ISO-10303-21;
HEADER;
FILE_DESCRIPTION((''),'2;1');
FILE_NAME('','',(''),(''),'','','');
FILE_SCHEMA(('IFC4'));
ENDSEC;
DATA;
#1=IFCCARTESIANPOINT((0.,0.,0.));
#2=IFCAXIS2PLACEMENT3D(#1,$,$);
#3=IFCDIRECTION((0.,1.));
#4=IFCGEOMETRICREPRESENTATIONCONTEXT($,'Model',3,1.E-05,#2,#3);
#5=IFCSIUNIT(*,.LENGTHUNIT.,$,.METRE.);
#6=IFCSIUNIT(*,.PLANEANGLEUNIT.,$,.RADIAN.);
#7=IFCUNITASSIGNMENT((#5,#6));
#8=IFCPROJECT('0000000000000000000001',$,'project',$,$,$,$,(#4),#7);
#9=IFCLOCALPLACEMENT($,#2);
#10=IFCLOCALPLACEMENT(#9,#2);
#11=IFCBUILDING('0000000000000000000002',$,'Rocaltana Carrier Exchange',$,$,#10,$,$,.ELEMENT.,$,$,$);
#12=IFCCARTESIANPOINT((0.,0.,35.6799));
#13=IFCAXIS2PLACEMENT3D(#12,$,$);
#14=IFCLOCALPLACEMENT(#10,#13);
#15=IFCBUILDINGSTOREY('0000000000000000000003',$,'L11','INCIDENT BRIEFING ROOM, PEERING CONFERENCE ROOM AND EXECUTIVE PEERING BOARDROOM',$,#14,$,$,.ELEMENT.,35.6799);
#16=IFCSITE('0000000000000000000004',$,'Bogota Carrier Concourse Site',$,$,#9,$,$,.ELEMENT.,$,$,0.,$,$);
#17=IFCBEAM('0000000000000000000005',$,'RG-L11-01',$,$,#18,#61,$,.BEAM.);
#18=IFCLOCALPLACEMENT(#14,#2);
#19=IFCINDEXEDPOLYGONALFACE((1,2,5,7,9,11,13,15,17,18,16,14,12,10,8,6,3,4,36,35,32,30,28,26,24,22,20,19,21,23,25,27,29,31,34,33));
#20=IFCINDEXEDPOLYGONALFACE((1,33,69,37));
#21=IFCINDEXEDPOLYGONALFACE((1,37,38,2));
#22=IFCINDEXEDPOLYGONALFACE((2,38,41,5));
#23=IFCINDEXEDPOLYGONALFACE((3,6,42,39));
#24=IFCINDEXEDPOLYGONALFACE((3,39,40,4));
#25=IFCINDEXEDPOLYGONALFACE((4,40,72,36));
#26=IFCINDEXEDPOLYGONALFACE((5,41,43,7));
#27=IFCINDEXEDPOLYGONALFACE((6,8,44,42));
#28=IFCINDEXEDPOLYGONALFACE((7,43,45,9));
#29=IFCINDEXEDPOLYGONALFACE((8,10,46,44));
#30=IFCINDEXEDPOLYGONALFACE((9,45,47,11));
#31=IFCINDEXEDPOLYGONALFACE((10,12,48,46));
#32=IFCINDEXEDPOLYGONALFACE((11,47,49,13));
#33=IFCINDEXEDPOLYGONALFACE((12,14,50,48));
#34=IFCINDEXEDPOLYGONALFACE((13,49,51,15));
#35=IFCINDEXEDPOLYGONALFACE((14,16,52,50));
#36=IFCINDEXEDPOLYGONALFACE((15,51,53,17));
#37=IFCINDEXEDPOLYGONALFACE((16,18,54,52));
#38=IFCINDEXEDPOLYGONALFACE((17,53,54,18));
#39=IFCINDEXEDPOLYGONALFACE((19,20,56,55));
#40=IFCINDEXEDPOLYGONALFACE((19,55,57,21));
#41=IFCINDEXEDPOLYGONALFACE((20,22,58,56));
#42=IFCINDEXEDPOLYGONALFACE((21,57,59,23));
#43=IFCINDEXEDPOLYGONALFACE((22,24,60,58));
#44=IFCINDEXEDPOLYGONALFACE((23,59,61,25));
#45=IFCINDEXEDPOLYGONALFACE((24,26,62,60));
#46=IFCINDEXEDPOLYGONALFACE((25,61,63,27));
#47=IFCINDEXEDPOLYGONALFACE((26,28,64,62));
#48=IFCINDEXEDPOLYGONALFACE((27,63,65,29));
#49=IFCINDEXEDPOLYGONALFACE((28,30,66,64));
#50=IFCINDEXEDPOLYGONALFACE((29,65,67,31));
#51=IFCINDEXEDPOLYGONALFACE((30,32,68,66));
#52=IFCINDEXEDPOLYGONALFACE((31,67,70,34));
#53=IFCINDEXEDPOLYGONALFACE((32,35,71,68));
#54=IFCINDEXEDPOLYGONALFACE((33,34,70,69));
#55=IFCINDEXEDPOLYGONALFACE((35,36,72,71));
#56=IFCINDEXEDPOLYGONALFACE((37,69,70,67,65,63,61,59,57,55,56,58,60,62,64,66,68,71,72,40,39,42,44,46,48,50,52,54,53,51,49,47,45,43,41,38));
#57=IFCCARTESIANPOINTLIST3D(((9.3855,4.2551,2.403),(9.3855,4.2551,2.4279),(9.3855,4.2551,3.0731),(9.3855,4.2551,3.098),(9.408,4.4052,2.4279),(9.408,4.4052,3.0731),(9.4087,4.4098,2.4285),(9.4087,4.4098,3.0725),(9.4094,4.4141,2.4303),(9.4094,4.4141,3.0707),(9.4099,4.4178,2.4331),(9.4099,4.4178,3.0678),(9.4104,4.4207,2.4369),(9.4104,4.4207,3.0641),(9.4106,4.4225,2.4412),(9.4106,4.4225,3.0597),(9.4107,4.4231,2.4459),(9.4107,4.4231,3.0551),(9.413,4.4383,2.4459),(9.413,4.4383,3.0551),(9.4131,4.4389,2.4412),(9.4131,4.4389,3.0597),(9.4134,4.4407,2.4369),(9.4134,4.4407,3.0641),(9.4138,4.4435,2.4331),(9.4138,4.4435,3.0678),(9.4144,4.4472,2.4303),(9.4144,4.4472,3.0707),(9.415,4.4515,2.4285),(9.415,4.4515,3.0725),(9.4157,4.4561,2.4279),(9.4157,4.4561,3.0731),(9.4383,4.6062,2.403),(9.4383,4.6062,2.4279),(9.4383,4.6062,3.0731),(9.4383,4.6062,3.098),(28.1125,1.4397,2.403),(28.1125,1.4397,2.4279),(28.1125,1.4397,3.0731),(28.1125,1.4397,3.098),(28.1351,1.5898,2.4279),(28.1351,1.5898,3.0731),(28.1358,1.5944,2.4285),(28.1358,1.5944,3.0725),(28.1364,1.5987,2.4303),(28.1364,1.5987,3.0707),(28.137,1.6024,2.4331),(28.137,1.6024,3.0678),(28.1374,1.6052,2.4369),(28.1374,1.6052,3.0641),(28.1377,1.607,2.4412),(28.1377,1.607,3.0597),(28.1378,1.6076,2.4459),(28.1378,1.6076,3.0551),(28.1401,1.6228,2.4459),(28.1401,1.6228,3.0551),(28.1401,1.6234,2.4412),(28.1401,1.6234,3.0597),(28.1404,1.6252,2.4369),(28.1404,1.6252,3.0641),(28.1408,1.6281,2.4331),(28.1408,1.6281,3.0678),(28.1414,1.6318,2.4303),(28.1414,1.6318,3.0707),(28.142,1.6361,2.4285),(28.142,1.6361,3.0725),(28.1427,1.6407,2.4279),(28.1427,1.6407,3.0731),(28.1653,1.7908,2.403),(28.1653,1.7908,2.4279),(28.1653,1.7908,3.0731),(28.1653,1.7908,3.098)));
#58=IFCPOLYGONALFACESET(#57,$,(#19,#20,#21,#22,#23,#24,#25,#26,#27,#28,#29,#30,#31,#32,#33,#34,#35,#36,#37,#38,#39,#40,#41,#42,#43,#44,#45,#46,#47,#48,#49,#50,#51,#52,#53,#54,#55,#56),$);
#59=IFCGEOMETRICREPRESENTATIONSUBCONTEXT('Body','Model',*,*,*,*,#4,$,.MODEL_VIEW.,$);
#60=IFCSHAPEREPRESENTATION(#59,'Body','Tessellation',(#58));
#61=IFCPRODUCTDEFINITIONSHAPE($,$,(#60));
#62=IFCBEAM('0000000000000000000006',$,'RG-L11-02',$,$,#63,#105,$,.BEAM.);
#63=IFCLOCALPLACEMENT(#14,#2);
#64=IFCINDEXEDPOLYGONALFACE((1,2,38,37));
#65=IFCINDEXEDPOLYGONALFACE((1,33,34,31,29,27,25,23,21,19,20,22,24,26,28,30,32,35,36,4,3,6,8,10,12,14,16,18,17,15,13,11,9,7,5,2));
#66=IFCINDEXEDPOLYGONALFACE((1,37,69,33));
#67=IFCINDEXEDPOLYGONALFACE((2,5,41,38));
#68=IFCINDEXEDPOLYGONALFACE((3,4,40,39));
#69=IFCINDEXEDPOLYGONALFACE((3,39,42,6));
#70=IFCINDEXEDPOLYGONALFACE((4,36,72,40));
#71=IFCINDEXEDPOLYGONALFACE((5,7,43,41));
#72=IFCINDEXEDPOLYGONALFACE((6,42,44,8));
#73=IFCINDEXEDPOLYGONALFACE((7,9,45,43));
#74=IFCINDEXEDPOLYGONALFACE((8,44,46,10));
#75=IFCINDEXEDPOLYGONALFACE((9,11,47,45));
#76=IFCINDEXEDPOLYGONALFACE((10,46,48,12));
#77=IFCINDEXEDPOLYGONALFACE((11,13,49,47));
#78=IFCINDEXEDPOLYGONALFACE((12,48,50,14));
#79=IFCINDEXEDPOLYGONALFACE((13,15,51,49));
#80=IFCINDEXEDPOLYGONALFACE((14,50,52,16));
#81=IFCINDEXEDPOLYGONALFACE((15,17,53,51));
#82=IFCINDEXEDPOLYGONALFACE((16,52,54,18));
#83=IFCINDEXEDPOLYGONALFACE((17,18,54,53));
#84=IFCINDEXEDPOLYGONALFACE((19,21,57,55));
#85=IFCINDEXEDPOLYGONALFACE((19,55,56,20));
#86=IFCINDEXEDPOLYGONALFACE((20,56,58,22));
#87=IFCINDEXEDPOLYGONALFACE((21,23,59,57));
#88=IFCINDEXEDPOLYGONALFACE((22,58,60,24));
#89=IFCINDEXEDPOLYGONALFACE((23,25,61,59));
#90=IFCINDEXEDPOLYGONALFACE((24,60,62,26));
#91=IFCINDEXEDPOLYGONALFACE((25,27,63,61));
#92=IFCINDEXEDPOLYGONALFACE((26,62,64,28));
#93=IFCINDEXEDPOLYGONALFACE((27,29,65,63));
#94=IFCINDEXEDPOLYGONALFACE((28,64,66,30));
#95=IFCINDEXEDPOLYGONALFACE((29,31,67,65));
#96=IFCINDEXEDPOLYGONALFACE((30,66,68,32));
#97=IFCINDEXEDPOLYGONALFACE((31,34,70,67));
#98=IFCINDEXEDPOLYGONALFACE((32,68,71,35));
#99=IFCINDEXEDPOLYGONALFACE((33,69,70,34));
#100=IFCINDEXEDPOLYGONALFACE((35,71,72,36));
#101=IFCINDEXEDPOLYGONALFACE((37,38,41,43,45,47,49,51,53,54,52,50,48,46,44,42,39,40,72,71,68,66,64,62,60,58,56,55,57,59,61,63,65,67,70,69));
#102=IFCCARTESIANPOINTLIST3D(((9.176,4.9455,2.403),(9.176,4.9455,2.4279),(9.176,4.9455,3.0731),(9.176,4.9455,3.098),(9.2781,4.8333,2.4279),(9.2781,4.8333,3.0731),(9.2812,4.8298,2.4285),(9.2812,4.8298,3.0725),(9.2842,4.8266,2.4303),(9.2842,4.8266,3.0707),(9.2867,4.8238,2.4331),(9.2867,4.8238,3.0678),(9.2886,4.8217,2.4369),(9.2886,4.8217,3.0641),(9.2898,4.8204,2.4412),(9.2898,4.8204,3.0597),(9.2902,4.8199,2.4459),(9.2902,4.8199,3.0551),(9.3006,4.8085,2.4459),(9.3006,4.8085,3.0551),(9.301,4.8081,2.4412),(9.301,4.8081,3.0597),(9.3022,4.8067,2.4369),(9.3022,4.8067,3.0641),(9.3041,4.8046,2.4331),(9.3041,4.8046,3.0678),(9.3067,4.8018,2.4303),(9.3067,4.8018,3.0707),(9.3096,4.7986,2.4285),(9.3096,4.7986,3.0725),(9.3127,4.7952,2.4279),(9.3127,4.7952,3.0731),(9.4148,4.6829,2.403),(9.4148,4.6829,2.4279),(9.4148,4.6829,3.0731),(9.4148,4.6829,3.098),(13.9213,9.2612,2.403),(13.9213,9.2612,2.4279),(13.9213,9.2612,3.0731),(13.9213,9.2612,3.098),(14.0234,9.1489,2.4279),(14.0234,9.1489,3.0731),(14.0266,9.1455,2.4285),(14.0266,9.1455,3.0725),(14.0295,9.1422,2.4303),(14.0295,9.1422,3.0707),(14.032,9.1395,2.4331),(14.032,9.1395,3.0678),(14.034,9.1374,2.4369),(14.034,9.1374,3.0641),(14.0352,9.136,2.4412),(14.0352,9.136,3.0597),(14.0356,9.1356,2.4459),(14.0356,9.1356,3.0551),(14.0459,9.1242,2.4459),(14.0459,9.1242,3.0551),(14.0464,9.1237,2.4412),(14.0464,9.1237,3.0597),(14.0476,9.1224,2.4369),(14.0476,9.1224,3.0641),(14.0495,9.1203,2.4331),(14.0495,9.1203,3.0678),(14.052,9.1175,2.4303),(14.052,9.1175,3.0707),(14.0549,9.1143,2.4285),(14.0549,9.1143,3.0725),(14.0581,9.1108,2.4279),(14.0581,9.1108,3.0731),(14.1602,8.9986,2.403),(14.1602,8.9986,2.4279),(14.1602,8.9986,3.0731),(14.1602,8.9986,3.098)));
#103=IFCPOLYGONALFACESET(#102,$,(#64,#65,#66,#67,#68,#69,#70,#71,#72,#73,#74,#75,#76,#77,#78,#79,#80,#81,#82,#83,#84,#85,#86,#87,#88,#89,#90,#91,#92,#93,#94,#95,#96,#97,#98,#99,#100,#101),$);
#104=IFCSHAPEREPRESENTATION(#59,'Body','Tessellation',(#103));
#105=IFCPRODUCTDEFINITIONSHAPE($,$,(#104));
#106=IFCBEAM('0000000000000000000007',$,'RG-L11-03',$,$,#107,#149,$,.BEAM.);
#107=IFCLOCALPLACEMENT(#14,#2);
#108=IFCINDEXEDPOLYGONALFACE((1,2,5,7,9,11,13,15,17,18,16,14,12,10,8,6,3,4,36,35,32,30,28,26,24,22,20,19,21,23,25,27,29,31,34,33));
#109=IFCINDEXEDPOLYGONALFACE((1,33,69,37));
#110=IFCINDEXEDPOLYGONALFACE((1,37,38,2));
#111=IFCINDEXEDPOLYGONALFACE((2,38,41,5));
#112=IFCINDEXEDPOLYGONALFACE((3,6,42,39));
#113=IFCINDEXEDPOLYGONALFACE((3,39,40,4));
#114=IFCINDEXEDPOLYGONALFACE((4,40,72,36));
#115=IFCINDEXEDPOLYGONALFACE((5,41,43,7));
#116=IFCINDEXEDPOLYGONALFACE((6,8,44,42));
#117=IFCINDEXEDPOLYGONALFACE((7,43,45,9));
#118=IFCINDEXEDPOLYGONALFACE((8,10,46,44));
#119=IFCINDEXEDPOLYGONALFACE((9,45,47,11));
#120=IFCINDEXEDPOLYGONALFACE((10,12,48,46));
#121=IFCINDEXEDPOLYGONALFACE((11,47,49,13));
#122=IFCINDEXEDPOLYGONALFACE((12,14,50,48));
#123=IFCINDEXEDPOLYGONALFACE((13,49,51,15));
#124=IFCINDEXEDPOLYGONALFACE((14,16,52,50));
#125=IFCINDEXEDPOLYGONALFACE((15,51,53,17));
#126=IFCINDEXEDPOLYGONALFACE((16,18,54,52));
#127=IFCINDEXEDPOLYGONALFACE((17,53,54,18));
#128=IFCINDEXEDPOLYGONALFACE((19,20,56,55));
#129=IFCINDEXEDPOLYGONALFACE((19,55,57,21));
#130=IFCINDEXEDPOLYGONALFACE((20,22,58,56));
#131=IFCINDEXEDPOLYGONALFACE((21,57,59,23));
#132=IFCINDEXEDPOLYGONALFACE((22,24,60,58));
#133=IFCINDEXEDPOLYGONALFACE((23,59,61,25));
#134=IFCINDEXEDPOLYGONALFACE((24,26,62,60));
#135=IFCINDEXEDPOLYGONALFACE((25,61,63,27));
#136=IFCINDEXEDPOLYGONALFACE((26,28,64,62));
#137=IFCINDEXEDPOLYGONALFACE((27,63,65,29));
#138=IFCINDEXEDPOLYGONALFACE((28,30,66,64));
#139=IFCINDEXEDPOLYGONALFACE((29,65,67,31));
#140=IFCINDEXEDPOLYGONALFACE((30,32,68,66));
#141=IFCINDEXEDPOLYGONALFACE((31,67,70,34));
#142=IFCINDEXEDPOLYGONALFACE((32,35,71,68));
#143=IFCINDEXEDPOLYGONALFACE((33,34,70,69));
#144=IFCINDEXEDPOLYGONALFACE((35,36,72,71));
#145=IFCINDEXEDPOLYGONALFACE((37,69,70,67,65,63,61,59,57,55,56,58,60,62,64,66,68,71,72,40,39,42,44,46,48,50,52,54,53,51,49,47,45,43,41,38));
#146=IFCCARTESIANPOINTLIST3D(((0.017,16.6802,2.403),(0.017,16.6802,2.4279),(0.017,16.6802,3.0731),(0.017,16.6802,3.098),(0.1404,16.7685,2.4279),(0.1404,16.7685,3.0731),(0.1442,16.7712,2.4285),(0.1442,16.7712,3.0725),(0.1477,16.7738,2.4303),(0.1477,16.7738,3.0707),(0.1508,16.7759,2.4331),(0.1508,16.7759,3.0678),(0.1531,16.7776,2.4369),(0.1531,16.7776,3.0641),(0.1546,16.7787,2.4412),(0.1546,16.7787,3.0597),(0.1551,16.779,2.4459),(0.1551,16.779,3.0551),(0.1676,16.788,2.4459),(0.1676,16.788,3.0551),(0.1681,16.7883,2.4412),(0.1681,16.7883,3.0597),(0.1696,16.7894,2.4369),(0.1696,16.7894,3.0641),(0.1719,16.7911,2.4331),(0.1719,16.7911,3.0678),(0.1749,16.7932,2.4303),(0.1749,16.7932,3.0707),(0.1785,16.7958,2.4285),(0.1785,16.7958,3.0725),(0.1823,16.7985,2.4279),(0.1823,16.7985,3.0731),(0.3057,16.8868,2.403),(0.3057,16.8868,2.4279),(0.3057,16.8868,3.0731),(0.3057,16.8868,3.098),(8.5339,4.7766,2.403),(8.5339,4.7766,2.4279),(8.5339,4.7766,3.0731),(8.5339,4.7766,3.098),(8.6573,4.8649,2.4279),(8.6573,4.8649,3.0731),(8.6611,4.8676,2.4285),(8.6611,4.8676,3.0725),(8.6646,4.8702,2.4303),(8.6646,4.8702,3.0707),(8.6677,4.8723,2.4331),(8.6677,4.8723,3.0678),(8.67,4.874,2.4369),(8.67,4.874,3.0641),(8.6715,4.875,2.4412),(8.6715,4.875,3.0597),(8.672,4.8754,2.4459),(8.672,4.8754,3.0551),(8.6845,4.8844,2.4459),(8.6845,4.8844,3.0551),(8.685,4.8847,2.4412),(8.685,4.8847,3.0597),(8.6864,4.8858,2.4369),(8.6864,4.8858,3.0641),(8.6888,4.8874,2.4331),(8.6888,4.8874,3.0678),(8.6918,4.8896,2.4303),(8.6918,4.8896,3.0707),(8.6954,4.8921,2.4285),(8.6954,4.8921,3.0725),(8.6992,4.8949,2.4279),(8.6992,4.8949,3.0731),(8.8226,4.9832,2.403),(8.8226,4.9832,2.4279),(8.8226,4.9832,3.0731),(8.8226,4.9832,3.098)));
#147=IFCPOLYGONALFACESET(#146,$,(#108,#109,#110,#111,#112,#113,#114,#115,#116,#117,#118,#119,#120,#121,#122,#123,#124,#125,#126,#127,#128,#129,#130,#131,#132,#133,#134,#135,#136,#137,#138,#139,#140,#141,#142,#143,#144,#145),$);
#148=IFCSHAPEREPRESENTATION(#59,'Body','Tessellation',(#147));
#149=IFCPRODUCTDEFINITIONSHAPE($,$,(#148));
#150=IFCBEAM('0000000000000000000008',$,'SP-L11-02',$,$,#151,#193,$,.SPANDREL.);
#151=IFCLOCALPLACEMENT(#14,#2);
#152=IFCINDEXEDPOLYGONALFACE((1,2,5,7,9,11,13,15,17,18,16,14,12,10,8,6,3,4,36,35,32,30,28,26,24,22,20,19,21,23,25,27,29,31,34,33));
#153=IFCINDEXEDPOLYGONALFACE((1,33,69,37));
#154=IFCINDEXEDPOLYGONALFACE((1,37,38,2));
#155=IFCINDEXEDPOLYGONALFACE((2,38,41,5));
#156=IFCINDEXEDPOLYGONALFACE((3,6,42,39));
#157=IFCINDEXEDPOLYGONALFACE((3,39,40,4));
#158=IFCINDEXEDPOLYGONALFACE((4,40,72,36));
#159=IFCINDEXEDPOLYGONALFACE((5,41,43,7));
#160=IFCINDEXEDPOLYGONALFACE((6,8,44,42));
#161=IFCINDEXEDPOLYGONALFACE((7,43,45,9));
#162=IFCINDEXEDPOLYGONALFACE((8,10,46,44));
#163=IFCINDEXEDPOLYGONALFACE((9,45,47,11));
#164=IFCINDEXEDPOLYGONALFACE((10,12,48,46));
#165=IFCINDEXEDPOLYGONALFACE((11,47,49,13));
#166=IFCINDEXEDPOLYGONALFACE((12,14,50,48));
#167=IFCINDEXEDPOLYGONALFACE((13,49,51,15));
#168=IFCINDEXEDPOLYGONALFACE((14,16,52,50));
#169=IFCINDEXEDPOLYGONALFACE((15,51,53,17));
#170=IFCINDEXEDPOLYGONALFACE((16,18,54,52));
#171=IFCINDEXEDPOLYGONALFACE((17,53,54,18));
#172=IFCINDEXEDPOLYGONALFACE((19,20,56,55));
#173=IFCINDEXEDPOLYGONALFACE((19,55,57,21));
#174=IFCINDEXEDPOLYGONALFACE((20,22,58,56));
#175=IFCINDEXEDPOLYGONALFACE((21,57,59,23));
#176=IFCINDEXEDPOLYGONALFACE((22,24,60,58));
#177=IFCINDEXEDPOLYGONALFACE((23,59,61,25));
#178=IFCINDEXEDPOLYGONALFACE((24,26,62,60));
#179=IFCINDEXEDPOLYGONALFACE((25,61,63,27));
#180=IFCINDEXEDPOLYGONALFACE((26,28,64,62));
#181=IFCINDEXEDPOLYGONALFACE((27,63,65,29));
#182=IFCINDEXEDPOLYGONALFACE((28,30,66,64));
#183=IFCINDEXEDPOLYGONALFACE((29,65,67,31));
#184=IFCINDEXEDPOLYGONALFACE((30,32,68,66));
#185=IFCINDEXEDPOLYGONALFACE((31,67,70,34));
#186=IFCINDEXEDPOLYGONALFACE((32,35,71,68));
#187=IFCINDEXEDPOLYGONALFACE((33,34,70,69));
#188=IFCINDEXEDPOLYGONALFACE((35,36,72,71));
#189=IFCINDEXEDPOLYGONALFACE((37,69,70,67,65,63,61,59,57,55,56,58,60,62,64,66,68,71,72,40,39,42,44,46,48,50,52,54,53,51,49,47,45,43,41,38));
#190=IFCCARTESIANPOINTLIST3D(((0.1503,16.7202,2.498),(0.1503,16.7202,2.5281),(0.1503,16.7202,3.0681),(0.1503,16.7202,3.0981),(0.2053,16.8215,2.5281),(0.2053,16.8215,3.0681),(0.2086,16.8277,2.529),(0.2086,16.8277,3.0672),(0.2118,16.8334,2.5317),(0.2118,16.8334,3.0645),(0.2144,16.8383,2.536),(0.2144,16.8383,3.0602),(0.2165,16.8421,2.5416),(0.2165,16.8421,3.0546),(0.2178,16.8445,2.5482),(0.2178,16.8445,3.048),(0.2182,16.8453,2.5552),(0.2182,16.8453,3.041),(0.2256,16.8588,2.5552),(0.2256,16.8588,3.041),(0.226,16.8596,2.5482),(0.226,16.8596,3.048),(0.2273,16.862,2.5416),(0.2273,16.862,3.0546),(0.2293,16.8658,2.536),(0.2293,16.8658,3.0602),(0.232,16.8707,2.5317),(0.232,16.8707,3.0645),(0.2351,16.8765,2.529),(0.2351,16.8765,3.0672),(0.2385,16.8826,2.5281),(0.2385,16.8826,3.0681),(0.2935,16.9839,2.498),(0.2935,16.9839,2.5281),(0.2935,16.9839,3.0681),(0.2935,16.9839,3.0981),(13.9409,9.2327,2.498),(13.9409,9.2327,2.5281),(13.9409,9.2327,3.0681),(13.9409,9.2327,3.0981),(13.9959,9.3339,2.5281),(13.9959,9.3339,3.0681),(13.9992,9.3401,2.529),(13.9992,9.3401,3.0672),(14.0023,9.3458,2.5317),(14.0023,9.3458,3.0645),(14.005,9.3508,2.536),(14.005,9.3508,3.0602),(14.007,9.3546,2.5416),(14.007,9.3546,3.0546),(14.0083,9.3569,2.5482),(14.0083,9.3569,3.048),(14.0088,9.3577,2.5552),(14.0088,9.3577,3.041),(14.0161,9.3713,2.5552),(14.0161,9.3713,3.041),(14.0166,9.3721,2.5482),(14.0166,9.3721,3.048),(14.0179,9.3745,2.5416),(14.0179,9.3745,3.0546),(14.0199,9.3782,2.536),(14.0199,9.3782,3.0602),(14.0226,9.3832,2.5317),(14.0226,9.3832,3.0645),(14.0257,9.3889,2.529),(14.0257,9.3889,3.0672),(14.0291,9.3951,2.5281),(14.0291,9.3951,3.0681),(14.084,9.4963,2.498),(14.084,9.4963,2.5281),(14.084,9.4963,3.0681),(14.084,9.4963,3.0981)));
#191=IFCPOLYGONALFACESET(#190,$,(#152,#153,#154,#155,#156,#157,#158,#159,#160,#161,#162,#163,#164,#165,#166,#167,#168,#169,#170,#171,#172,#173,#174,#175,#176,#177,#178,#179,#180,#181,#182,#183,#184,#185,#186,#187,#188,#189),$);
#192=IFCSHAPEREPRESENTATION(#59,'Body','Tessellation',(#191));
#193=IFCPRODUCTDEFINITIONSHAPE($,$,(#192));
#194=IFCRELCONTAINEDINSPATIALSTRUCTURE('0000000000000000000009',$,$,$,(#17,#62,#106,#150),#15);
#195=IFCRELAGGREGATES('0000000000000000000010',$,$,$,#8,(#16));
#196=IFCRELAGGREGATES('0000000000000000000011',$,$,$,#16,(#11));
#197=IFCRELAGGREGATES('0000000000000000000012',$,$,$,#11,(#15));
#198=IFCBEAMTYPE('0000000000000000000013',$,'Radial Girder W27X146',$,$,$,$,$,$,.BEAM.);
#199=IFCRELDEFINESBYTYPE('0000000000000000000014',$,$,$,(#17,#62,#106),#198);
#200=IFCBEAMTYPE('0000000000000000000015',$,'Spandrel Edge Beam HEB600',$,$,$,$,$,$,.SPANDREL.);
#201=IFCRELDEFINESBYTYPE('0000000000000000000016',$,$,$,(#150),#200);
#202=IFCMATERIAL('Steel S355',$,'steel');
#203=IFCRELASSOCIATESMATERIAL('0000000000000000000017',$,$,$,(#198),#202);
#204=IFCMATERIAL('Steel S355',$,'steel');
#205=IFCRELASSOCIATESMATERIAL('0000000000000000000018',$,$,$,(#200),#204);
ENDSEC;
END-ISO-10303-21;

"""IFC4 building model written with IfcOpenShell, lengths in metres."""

from ifc_helpers import new_model, si_unit, direction, frame, origin, origin_2d, place, context, subcontext, project, spatial, i_section, extrude, material, material_profile, profile_set, type_object, element, save


model = new_model("IFC4")

# Units and contexts
model_context = context("Model", 3, precision=1e-05, world=origin(), true_north=direction((0.0, 1.0)))
body_context = subcontext(model_context, "Body", "Model", "MODEL_VIEW")
ifc_project = project(units=[si_unit("LENGTHUNIT", "METRE"), si_unit("PLANEANGLEUNIT", "RADIAN")], contexts=[model_context])

# Site, building, storey
site_placement = place(None, origin())
site = spatial("IfcSite", under=ifc_project, at=site_placement, Name="Bogota Carrier Concourse Site", CompositionType="ELEMENT", RefElevation=0.0)
building_placement = place(site_placement, origin())
building = spatial("IfcBuilding", under=site, at=building_placement, Name="Rocaltana Carrier Exchange", CompositionType="ELEMENT")
storey_placement = place(building_placement, frame((0.0, 0.0, 35.6799)))
storey = spatial("IfcBuildingStorey", under=building, at=storey_placement, Name="L11", Description="INCIDENT BRIEFING ROOM, PEERING CONFERENCE ROOM AND EXECUTIVE PEERING BOARDROOM", CompositionType="ELEMENT", Elevation=35.6799)

# Beams
ifc_material_1 = material(Name="Steel S355", Category="steel")
ifc_material_profile_1 = material_profile(ifc_material_1, i_section(OverallWidth=0.355, OverallDepth=0.6951, WebThickness=0.0154, FlangeThickness=0.0249, FilletRadius=0.0181, at=origin_2d()), Name="W27X146")
ifc_profile_set_1 = profile_set([ifc_material_profile_1], Name="Steel S355")
beam_type_1 = type_object("IfcBeamType", Name="Radial Girder W27X146", PredefinedType="BEAM", material=ifc_profile_set_1)
beam_1_placement = place(storey_placement, frame((9.4119, 4.4307, 2.7505), z_axis=(0.988887, -0.14867, 0.0), x_axis=(0.14867, 0.988887, 0.0)))
element("IfcBeam", 1, at=beam_1_placement, inside=storey, type_object=beam_type_1, Name="RG-L11-01", PredefinedType="BEAM", context=body_context, shape_type="SweptSolid", body=[
    extrude(i_section(OverallWidth=0.355, OverallDepth=0.6951, WebThickness=0.0154, FlangeThickness=0.0249, FilletRadius=0.0181, at=origin_2d()), origin(), (0.0, 0.0, 1.0), 18.9375),
])
beam_2_placement = place(storey_placement, frame((9.2954, 4.8142, 2.7505), z_axis=(0.739807, 0.672819, 0.0), x_axis=(-0.672819, 0.739807, 0.0)))
element("IfcBeam", 2, at=beam_2_placement, inside=storey, type_object=beam_type_1, Name="RG-L11-02", PredefinedType="BEAM", context=body_context, shape_type="SweptSolid", body=[
    extrude(i_section(OverallWidth=0.355, OverallDepth=0.6951, WebThickness=0.0154, FlangeThickness=0.0249, FilletRadius=0.0181, at=origin_2d()), origin(), (0.0, 0.0, 1.0), 6.4143),
])
beam_3_placement = place(storey_placement, frame((8.6782, 4.8799, 2.7505), z_axis=(-0.581885, 0.813271, 0.0), x_axis=(-0.813271, -0.581885, 0.0)))
element("IfcBeam", 3, at=beam_3_placement, inside=storey, type_object=beam_type_1, Name="RG-L11-03", PredefinedType="BEAM", context=body_context, shape_type="SweptSolid", body=[
    extrude(i_section(OverallWidth=0.355, OverallDepth=0.6951, WebThickness=0.0154, FlangeThickness=0.0249, FilletRadius=0.0181, at=origin_2d()), origin(), (0.0, 0.0, 1.0), 14.6367),
])
ifc_material_2 = material(Name="Steel S355", Category="steel")
ifc_material_profile_2 = material_profile(ifc_material_2, i_section(OverallWidth=0.3, OverallDepth=0.6001, WebThickness=0.0154, FlangeThickness=0.03, FilletRadius=0.0271, at=origin_2d()), Name="HEB600")
ifc_profile_set_2 = profile_set([ifc_material_profile_2], Name="Steel S355")
beam_type_2 = type_object("IfcBeamType", Name="Spandrel Edge Beam HEB600", PredefinedType="SPANDREL", material=ifc_profile_set_2)
beam_4_placement = place(storey_placement, frame((14.0125, 9.3645, 2.7981), z_axis=(-0.87882, 0.477154, 0.0), x_axis=(-0.477154, -0.87882, 0.0)))
element("IfcBeam", 4, at=beam_4_placement, inside=storey, type_object=beam_type_2, Name="SP-L11-02", PredefinedType="SPANDREL", context=body_context, shape_type="SweptSolid", body=[
    extrude(i_section(OverallWidth=0.3, OverallDepth=0.6001, WebThickness=0.0154, FlangeThickness=0.03, FilletRadius=0.0271, at=origin_2d()), origin(), (0.0, 0.0, 1.0), 15.6921),
])

save(model, "model.ifc")
